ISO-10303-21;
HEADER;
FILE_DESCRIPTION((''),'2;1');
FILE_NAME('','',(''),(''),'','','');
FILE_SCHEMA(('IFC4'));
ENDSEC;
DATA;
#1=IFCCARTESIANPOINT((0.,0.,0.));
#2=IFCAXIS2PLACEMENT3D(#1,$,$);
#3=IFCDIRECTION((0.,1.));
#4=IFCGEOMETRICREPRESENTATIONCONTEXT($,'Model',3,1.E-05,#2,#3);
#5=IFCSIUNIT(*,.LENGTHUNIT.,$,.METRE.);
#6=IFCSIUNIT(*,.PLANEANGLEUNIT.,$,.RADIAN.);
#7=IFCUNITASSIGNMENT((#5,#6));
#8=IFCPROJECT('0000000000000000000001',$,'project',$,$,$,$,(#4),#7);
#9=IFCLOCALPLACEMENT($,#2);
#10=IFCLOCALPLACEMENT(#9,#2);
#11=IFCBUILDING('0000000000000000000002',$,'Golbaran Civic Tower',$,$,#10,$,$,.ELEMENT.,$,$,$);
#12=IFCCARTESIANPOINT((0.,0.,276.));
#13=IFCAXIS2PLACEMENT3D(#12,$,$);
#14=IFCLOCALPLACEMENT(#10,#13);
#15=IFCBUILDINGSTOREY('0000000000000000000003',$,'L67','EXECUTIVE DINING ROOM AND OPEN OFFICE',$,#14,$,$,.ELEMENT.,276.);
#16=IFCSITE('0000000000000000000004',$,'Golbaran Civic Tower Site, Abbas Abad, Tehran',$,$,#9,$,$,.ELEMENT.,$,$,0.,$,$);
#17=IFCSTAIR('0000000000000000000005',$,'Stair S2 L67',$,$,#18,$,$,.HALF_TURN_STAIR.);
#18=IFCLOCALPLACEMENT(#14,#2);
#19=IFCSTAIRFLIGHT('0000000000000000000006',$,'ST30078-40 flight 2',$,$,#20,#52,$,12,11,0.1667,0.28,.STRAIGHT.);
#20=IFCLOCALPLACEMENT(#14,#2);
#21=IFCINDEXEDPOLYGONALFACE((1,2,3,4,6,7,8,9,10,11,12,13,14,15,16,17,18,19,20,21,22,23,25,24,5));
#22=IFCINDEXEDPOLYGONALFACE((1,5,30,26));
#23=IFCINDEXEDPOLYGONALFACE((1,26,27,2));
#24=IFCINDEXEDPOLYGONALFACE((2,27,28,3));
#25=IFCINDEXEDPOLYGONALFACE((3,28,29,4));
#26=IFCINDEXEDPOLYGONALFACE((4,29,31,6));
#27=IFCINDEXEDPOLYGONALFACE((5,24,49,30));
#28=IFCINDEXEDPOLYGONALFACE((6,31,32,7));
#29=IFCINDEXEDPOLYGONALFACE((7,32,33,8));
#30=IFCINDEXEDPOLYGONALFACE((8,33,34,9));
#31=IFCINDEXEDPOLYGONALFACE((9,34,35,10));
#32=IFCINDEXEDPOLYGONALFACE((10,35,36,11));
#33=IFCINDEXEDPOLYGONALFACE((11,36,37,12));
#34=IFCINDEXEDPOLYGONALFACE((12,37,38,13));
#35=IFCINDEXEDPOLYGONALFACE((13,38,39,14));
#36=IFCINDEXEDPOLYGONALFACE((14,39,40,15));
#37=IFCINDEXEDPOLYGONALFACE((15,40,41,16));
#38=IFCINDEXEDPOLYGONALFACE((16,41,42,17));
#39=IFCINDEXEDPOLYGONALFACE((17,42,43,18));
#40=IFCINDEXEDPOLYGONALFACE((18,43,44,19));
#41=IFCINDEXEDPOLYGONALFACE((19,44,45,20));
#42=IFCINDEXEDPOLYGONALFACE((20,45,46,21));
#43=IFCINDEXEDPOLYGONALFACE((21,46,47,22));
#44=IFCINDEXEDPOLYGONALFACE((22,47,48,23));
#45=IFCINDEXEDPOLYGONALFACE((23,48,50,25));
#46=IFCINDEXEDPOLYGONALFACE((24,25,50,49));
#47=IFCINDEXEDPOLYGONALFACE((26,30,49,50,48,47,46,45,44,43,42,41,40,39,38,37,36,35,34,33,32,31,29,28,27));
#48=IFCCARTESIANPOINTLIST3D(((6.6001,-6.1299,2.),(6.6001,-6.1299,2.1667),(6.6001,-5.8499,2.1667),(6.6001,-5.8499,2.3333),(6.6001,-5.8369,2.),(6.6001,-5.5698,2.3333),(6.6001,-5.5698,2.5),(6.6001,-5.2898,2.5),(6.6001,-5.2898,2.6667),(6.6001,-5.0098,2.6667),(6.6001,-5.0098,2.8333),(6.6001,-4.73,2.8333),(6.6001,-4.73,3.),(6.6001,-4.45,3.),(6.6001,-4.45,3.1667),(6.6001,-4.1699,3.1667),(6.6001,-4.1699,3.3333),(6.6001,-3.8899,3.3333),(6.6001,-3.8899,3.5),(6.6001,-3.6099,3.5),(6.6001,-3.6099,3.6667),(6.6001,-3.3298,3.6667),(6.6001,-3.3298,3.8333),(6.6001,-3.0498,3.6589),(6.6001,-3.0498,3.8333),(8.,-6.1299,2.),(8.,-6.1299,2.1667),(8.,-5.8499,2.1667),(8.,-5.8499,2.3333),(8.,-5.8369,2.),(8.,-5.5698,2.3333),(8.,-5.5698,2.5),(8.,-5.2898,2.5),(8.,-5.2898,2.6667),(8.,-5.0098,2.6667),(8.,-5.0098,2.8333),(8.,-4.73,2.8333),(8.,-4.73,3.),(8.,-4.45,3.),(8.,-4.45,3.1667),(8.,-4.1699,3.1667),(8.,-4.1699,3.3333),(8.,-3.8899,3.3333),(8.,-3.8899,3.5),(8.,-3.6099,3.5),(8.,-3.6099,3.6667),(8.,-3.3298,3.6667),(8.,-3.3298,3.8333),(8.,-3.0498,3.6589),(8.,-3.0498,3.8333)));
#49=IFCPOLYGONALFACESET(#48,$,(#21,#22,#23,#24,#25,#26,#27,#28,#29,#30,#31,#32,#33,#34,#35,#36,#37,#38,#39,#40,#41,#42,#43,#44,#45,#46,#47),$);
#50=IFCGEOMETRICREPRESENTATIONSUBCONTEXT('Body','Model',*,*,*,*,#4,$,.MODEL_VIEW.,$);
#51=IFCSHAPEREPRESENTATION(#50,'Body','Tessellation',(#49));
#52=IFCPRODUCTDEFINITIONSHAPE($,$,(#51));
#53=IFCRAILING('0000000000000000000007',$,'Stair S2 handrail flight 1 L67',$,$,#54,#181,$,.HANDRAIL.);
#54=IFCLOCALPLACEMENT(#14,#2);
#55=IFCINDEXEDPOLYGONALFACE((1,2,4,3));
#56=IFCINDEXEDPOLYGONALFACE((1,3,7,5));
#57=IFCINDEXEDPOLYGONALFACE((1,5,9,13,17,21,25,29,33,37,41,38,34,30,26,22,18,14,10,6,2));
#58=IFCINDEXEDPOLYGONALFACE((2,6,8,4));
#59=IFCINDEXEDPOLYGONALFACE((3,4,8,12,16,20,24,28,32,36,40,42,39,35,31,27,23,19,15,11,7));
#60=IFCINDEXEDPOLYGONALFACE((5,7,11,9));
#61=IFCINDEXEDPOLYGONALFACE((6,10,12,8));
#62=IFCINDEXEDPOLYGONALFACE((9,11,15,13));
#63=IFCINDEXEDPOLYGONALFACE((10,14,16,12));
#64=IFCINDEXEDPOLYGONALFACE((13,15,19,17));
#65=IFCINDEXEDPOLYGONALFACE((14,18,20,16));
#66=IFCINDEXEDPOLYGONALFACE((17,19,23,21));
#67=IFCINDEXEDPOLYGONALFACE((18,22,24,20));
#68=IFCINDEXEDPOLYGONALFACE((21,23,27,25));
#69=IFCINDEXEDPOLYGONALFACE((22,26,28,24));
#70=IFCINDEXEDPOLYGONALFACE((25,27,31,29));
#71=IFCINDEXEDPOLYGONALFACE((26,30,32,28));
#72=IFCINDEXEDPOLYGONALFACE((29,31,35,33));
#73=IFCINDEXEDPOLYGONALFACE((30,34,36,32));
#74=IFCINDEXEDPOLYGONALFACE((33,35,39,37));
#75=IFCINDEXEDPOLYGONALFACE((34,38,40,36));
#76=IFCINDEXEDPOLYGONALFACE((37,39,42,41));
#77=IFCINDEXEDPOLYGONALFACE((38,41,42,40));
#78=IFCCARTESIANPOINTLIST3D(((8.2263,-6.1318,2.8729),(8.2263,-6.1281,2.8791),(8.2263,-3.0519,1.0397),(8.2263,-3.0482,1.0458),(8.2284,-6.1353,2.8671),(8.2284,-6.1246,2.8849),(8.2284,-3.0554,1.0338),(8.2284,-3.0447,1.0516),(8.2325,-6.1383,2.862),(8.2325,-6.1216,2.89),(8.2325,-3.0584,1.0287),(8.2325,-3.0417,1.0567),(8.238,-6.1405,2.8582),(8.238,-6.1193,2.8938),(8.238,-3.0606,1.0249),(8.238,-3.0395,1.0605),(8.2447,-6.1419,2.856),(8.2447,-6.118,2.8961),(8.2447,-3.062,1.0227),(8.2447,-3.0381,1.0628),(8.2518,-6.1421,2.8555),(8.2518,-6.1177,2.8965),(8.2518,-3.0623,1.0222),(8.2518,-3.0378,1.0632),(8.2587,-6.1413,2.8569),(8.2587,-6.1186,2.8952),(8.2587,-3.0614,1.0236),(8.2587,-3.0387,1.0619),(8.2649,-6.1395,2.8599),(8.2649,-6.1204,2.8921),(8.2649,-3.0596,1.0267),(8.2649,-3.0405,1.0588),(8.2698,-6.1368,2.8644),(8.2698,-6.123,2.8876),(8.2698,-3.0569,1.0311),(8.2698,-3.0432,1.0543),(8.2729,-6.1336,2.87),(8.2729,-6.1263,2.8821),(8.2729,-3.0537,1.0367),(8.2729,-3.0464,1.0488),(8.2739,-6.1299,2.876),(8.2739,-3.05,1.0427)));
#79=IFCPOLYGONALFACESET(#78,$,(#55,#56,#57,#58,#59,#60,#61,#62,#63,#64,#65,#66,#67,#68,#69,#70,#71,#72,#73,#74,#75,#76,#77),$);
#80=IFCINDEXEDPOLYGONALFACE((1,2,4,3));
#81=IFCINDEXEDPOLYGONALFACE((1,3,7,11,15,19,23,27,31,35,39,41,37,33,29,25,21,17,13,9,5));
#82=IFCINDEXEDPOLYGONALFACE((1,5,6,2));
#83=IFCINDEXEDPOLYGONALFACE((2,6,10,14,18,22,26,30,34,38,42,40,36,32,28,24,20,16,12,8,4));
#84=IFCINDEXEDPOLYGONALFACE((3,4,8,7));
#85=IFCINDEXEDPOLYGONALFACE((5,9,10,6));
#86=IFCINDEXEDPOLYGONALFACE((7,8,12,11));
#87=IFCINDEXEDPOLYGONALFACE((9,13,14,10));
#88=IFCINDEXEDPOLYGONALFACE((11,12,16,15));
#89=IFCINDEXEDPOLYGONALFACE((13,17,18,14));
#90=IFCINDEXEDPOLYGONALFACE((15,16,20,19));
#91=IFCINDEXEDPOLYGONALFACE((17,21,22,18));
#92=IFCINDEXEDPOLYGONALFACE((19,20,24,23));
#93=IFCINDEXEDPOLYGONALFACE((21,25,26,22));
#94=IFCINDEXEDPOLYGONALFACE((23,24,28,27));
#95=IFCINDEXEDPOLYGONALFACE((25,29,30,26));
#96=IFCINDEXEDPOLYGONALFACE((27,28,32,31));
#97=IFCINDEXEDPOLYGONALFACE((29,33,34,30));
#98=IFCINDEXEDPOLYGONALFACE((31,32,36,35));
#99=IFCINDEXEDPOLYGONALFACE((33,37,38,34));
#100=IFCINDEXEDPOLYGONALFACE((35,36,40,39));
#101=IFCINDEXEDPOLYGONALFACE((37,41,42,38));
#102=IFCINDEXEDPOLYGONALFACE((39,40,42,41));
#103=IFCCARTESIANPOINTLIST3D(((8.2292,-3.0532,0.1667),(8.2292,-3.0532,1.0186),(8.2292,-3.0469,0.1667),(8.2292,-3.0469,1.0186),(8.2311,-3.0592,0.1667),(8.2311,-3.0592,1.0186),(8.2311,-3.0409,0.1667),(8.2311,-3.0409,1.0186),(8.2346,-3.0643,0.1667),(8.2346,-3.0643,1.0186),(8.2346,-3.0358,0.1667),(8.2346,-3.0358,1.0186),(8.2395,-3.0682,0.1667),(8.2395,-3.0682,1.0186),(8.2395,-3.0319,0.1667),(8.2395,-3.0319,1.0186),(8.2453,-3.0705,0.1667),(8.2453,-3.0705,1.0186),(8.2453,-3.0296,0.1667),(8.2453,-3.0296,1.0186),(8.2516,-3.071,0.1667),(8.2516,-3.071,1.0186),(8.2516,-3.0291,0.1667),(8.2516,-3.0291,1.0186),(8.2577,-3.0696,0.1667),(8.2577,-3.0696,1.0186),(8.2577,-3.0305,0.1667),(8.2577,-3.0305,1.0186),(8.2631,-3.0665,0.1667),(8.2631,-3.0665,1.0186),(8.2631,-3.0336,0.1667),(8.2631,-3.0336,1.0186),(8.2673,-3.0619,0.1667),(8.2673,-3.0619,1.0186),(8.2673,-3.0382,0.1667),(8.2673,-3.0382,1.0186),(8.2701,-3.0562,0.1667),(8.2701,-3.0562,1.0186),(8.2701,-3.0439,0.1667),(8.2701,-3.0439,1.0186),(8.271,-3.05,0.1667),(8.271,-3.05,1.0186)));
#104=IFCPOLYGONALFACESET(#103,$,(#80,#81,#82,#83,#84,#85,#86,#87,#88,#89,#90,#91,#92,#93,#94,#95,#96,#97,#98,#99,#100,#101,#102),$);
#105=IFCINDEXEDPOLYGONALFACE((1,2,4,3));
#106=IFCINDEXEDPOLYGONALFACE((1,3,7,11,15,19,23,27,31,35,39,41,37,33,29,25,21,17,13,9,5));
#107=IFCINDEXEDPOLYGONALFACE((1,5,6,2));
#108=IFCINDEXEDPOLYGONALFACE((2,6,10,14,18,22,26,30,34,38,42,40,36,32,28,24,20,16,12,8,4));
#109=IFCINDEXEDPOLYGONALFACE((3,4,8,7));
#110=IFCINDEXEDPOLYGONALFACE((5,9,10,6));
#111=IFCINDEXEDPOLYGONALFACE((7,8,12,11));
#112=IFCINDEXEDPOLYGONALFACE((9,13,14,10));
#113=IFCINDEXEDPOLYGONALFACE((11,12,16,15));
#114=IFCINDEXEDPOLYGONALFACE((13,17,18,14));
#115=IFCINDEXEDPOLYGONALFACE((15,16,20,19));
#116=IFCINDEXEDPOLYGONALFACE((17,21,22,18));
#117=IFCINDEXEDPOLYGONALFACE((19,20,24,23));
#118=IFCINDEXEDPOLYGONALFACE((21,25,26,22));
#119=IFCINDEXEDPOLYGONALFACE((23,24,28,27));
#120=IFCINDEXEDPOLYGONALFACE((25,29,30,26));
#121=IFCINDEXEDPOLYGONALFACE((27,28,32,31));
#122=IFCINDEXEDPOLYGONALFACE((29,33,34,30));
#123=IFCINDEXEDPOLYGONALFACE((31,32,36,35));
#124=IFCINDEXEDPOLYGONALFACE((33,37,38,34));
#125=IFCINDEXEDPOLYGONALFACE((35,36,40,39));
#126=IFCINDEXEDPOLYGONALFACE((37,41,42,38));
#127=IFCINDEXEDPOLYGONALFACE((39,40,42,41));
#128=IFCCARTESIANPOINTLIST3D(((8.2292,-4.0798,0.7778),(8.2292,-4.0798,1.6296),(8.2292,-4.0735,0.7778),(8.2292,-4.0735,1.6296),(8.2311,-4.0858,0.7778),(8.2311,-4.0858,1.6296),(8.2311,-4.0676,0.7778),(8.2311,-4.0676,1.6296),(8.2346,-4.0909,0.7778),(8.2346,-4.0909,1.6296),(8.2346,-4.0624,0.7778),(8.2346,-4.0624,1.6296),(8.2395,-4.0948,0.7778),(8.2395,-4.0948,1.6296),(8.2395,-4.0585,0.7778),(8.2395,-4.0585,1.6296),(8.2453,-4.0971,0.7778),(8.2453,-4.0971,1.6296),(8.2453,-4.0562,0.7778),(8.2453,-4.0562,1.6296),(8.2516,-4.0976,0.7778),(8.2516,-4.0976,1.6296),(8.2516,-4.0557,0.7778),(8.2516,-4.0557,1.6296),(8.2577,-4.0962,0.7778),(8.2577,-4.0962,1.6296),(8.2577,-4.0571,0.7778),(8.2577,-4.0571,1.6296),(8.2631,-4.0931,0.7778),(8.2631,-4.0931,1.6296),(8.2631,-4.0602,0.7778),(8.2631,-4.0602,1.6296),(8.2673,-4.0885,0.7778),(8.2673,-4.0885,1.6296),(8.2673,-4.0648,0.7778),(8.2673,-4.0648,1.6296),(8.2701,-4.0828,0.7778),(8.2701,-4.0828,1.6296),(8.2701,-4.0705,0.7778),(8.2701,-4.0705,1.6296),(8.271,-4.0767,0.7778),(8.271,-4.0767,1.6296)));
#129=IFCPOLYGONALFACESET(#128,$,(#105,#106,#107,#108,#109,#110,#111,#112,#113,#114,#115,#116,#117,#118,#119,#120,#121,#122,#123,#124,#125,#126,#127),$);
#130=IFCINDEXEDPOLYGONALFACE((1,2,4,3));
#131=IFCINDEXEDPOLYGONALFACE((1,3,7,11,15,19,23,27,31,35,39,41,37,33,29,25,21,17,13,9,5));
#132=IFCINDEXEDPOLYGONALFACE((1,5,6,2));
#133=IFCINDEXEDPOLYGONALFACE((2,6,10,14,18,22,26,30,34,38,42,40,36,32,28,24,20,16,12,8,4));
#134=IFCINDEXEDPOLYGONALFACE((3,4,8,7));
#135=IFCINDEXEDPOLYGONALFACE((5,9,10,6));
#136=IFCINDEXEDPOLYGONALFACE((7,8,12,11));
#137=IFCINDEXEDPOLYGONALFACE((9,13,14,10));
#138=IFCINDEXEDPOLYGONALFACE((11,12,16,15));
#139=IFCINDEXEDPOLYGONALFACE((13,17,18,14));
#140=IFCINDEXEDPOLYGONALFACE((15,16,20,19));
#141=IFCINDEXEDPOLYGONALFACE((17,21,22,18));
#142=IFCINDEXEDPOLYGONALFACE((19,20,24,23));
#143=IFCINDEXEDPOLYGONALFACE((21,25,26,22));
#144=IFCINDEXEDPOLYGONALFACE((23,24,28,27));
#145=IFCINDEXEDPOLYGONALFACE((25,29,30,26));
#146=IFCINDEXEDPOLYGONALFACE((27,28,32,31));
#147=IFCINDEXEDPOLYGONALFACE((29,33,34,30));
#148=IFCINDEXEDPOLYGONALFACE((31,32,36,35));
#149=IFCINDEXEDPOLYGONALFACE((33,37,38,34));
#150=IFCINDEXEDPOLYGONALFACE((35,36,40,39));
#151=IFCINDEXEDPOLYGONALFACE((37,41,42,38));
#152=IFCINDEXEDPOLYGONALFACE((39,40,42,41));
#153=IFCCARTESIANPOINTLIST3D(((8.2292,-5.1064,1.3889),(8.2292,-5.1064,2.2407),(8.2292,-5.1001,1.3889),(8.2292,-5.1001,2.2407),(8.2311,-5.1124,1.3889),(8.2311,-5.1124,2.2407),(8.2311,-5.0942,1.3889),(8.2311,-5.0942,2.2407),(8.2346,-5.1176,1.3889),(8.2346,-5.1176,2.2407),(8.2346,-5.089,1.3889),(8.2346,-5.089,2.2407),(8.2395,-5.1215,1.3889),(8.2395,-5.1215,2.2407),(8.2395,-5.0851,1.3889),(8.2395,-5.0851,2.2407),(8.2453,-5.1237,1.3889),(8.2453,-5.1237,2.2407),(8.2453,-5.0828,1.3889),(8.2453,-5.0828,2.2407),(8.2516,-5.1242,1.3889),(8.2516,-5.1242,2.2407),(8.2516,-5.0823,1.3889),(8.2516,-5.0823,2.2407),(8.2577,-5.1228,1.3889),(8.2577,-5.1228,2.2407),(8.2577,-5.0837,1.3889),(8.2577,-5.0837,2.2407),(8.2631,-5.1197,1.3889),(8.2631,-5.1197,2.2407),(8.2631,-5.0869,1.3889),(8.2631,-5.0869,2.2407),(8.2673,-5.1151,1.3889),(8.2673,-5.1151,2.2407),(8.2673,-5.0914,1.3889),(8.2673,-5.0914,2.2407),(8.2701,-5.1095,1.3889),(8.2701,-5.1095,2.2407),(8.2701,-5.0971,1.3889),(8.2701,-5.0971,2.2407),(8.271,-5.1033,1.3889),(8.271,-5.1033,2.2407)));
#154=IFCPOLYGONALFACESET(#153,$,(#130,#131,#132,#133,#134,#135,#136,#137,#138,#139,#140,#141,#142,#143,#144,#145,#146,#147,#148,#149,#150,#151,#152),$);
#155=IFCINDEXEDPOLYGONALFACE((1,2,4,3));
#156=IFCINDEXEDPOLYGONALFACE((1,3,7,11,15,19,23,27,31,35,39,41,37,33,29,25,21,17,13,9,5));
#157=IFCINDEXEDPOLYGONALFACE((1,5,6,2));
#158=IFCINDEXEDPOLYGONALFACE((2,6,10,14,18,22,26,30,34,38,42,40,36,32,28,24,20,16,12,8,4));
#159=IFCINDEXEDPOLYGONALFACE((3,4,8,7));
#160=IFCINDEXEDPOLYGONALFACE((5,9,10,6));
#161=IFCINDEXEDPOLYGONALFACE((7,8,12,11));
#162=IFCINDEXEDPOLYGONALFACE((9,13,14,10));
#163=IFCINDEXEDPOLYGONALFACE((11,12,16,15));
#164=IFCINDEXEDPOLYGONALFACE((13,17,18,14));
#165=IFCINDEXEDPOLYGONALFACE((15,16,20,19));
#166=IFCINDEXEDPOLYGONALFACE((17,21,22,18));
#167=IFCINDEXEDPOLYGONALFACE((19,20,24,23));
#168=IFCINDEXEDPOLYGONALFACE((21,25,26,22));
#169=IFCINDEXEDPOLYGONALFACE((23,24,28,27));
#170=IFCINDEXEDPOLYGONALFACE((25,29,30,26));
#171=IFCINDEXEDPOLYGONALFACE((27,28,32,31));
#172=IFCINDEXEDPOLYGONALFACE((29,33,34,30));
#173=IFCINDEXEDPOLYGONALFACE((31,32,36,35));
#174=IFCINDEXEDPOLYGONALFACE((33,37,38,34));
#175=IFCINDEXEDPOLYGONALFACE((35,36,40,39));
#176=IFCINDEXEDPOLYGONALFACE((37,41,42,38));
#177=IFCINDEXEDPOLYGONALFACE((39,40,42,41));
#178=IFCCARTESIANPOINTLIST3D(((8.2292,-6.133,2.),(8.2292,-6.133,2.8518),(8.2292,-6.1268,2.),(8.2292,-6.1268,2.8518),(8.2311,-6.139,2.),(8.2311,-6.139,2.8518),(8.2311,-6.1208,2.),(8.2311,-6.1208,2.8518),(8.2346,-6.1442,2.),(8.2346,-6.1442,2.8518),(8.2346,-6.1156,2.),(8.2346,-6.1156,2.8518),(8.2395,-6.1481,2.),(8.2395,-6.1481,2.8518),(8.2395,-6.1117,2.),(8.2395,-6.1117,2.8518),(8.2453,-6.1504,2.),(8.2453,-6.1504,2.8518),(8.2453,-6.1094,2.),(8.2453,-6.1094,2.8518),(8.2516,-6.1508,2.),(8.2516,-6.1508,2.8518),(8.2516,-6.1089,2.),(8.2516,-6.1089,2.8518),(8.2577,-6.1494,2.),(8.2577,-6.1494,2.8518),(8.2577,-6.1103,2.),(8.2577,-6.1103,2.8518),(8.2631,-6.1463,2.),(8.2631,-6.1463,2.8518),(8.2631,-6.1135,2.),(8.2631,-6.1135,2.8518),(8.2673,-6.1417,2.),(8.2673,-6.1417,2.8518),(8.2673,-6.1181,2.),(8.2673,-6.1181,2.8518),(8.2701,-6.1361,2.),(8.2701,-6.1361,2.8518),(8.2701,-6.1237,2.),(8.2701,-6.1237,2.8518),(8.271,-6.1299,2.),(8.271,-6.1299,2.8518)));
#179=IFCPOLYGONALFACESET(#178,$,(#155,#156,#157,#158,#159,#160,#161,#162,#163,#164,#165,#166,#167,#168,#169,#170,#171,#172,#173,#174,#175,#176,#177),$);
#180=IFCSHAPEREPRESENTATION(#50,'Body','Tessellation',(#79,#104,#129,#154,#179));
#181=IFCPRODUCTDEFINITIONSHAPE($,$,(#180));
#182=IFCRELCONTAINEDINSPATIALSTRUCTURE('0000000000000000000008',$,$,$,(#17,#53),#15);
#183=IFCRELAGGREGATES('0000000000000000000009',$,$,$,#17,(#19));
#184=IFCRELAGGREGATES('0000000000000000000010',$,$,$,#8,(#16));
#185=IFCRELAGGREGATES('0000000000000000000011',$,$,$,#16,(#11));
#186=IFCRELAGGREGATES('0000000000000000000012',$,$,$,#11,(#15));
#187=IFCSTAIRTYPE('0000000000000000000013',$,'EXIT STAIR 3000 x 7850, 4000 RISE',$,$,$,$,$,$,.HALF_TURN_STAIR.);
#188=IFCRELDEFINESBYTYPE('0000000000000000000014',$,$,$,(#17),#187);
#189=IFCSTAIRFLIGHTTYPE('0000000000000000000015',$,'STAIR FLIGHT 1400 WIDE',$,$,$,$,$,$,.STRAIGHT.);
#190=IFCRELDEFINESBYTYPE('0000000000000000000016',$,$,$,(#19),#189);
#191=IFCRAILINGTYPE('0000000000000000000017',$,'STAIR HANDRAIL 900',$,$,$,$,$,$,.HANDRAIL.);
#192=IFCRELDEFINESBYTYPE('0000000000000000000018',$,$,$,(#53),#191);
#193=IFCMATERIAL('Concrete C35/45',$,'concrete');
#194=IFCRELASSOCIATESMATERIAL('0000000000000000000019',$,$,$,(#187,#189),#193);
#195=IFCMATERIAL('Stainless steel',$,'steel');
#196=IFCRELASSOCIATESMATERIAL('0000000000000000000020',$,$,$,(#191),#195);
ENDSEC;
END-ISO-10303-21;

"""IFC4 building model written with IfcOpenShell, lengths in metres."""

from ifc_helpers import new_model, si_unit, direction, frame, origin, origin_2d, place, context, subcontext, project, spatial, polyline, circle, outline, extrude, material, type_object, element, aggregate, save


model = new_model("IFC4")

# Units and contexts
model_context = context("Model", 3, precision=1e-05, world=origin(), true_north=direction((0.0, 1.0)))
body_context = subcontext(model_context, "Body", "Model", "MODEL_VIEW")
ifc_project = project(units=[si_unit("LENGTHUNIT", "METRE"), si_unit("PLANEANGLEUNIT", "RADIAN")], contexts=[model_context])

# Site, building, storey
site_placement = place(None, origin())
site = spatial("IfcSite", under=ifc_project, at=site_placement, Name="Golbaran Civic Tower Site, Abbas Abad, Tehran", CompositionType="ELEMENT", RefElevation=0.0)
building_placement = place(site_placement, origin())
building = spatial("IfcBuilding", under=site, at=building_placement, Name="Golbaran Civic Tower", CompositionType="ELEMENT")
storey_placement = place(building_placement, frame((0.0, 0.0, 276.0)))
storey = spatial("IfcBuildingStorey", under=building, at=storey_placement, Name="L67", Description="EXECUTIVE DINING ROOM AND OPEN OFFICE", CompositionType="ELEMENT", Elevation=276.0)

# Stair
ifc_material_1 = material(Name="Concrete C35/45", Category="concrete")
stair_type = type_object("IfcStairType", Name="EXIT STAIR 3000 x 7850, 4000 RISE", PredefinedType="HALF_TURN_STAIR", material=ifc_material_1)
stair_placement = place(storey_placement, origin())
stair = element("IfcStair", 1, at=stair_placement, inside=storey, type_object=stair_type, Name="Stair S2 L67", PredefinedType="HALF_TURN_STAIR")

# Shared definitions
ifc_material_2 = material(Name="Stainless steel", Category="steel")

# Stair flight
stair_flight_type = type_object("IfcStairFlightType", Name="STAIR FLIGHT 1400 WIDE", PredefinedType="STRAIGHT", material=ifc_material_1)
stair_flight_1_placement = place(storey_placement, frame((7.3, -6.1299, 2.0), z_axis=(0.0, 0.0, 1.0), x_axis=(0.0, 1.0, 0.0)))
stair_flight_1 = element("IfcStairFlight", 2, at=stair_flight_1_placement, type_object=stair_flight_type, Name="ST30078-40 flight 2", NumberOfRisers=12, NumberOfTreads=11, PredefinedType="STRAIGHT", RiserHeight=0.1667, TreadLength=0.28, context=body_context, shape_type="SweptSolid", body=[
    extrude(outline(polyline([(0.0, 0.0), (0.0, 0.1667), (0.28, 0.1667), (0.28, 0.3333), (0.5601, 0.3333), (0.5601, 0.5), (0.8401, 0.5), (0.8401, 0.6667), (1.1201, 0.6667), (1.1201, 0.8333), (1.3999, 0.8333), (1.3999, 1.0), (1.6799, 1.0), (1.6799, 1.1667), (1.96, 1.1667), (1.96, 1.3333), (2.24, 1.3333), (2.24, 1.5), (2.52, 1.5), (2.52, 1.6667), (2.8, 1.6667), (2.8, 1.8333), (3.0801, 1.8333), (3.0801, 2.0), (3.0801, 1.6589), (0.293, 0.0), (0.0, 0.0)])), frame((0.0, 0.7, 0.0), z_axis=(0.0, -1.0, 0.0), x_axis=(1.0, 0.0, 0.0)), (0.0, 0.0, 1.0), 1.3999),
])
aggregate(stair, [stair_flight_1])

# Railing
railing_type = type_object("IfcRailingType", Name="STAIR HANDRAIL 900", PredefinedType="HANDRAIL", material=ifc_material_2)
railing_1_placement = place(storey_placement, frame((8.25, -3.05, 0.1667)))
element("IfcRailing", 3, at=railing_1_placement, inside=storey, type_object=railing_type, Name="Stair S2 handrail flight 1 L67", PredefinedType="HANDRAIL", context=body_context, shape_type="SweptSolid", body=[
    extrude(circle(Radius=0.0239, at=origin_2d()), frame((0.0, 0.0, 0.876), z_axis=(0.0, -0.859291, 0.511487), x_axis=(1.0, 0.0, 0.0)), (0.0, 0.0, 1.0), 3.5842),
    extrude(circle(Radius=0.021, at=origin_2d()), origin(), (0.0, 0.0, 1.0), 0.8518),
    extrude(circle(Radius=0.021, at=origin_2d()), frame((0.0, -1.0266, 0.6111)), (0.0, 0.0, 1.0), 0.8518),
    extrude(circle(Radius=0.021, at=origin_2d()), frame((0.0, -2.0532, 1.2222)), (0.0, 0.0, 1.0), 0.8518),
    extrude(circle(Radius=0.021, at=origin_2d()), frame((0.0, -3.0798, 1.8333)), (0.0, 0.0, 1.0), 0.8518),
])

save(model, "model.ifc")
